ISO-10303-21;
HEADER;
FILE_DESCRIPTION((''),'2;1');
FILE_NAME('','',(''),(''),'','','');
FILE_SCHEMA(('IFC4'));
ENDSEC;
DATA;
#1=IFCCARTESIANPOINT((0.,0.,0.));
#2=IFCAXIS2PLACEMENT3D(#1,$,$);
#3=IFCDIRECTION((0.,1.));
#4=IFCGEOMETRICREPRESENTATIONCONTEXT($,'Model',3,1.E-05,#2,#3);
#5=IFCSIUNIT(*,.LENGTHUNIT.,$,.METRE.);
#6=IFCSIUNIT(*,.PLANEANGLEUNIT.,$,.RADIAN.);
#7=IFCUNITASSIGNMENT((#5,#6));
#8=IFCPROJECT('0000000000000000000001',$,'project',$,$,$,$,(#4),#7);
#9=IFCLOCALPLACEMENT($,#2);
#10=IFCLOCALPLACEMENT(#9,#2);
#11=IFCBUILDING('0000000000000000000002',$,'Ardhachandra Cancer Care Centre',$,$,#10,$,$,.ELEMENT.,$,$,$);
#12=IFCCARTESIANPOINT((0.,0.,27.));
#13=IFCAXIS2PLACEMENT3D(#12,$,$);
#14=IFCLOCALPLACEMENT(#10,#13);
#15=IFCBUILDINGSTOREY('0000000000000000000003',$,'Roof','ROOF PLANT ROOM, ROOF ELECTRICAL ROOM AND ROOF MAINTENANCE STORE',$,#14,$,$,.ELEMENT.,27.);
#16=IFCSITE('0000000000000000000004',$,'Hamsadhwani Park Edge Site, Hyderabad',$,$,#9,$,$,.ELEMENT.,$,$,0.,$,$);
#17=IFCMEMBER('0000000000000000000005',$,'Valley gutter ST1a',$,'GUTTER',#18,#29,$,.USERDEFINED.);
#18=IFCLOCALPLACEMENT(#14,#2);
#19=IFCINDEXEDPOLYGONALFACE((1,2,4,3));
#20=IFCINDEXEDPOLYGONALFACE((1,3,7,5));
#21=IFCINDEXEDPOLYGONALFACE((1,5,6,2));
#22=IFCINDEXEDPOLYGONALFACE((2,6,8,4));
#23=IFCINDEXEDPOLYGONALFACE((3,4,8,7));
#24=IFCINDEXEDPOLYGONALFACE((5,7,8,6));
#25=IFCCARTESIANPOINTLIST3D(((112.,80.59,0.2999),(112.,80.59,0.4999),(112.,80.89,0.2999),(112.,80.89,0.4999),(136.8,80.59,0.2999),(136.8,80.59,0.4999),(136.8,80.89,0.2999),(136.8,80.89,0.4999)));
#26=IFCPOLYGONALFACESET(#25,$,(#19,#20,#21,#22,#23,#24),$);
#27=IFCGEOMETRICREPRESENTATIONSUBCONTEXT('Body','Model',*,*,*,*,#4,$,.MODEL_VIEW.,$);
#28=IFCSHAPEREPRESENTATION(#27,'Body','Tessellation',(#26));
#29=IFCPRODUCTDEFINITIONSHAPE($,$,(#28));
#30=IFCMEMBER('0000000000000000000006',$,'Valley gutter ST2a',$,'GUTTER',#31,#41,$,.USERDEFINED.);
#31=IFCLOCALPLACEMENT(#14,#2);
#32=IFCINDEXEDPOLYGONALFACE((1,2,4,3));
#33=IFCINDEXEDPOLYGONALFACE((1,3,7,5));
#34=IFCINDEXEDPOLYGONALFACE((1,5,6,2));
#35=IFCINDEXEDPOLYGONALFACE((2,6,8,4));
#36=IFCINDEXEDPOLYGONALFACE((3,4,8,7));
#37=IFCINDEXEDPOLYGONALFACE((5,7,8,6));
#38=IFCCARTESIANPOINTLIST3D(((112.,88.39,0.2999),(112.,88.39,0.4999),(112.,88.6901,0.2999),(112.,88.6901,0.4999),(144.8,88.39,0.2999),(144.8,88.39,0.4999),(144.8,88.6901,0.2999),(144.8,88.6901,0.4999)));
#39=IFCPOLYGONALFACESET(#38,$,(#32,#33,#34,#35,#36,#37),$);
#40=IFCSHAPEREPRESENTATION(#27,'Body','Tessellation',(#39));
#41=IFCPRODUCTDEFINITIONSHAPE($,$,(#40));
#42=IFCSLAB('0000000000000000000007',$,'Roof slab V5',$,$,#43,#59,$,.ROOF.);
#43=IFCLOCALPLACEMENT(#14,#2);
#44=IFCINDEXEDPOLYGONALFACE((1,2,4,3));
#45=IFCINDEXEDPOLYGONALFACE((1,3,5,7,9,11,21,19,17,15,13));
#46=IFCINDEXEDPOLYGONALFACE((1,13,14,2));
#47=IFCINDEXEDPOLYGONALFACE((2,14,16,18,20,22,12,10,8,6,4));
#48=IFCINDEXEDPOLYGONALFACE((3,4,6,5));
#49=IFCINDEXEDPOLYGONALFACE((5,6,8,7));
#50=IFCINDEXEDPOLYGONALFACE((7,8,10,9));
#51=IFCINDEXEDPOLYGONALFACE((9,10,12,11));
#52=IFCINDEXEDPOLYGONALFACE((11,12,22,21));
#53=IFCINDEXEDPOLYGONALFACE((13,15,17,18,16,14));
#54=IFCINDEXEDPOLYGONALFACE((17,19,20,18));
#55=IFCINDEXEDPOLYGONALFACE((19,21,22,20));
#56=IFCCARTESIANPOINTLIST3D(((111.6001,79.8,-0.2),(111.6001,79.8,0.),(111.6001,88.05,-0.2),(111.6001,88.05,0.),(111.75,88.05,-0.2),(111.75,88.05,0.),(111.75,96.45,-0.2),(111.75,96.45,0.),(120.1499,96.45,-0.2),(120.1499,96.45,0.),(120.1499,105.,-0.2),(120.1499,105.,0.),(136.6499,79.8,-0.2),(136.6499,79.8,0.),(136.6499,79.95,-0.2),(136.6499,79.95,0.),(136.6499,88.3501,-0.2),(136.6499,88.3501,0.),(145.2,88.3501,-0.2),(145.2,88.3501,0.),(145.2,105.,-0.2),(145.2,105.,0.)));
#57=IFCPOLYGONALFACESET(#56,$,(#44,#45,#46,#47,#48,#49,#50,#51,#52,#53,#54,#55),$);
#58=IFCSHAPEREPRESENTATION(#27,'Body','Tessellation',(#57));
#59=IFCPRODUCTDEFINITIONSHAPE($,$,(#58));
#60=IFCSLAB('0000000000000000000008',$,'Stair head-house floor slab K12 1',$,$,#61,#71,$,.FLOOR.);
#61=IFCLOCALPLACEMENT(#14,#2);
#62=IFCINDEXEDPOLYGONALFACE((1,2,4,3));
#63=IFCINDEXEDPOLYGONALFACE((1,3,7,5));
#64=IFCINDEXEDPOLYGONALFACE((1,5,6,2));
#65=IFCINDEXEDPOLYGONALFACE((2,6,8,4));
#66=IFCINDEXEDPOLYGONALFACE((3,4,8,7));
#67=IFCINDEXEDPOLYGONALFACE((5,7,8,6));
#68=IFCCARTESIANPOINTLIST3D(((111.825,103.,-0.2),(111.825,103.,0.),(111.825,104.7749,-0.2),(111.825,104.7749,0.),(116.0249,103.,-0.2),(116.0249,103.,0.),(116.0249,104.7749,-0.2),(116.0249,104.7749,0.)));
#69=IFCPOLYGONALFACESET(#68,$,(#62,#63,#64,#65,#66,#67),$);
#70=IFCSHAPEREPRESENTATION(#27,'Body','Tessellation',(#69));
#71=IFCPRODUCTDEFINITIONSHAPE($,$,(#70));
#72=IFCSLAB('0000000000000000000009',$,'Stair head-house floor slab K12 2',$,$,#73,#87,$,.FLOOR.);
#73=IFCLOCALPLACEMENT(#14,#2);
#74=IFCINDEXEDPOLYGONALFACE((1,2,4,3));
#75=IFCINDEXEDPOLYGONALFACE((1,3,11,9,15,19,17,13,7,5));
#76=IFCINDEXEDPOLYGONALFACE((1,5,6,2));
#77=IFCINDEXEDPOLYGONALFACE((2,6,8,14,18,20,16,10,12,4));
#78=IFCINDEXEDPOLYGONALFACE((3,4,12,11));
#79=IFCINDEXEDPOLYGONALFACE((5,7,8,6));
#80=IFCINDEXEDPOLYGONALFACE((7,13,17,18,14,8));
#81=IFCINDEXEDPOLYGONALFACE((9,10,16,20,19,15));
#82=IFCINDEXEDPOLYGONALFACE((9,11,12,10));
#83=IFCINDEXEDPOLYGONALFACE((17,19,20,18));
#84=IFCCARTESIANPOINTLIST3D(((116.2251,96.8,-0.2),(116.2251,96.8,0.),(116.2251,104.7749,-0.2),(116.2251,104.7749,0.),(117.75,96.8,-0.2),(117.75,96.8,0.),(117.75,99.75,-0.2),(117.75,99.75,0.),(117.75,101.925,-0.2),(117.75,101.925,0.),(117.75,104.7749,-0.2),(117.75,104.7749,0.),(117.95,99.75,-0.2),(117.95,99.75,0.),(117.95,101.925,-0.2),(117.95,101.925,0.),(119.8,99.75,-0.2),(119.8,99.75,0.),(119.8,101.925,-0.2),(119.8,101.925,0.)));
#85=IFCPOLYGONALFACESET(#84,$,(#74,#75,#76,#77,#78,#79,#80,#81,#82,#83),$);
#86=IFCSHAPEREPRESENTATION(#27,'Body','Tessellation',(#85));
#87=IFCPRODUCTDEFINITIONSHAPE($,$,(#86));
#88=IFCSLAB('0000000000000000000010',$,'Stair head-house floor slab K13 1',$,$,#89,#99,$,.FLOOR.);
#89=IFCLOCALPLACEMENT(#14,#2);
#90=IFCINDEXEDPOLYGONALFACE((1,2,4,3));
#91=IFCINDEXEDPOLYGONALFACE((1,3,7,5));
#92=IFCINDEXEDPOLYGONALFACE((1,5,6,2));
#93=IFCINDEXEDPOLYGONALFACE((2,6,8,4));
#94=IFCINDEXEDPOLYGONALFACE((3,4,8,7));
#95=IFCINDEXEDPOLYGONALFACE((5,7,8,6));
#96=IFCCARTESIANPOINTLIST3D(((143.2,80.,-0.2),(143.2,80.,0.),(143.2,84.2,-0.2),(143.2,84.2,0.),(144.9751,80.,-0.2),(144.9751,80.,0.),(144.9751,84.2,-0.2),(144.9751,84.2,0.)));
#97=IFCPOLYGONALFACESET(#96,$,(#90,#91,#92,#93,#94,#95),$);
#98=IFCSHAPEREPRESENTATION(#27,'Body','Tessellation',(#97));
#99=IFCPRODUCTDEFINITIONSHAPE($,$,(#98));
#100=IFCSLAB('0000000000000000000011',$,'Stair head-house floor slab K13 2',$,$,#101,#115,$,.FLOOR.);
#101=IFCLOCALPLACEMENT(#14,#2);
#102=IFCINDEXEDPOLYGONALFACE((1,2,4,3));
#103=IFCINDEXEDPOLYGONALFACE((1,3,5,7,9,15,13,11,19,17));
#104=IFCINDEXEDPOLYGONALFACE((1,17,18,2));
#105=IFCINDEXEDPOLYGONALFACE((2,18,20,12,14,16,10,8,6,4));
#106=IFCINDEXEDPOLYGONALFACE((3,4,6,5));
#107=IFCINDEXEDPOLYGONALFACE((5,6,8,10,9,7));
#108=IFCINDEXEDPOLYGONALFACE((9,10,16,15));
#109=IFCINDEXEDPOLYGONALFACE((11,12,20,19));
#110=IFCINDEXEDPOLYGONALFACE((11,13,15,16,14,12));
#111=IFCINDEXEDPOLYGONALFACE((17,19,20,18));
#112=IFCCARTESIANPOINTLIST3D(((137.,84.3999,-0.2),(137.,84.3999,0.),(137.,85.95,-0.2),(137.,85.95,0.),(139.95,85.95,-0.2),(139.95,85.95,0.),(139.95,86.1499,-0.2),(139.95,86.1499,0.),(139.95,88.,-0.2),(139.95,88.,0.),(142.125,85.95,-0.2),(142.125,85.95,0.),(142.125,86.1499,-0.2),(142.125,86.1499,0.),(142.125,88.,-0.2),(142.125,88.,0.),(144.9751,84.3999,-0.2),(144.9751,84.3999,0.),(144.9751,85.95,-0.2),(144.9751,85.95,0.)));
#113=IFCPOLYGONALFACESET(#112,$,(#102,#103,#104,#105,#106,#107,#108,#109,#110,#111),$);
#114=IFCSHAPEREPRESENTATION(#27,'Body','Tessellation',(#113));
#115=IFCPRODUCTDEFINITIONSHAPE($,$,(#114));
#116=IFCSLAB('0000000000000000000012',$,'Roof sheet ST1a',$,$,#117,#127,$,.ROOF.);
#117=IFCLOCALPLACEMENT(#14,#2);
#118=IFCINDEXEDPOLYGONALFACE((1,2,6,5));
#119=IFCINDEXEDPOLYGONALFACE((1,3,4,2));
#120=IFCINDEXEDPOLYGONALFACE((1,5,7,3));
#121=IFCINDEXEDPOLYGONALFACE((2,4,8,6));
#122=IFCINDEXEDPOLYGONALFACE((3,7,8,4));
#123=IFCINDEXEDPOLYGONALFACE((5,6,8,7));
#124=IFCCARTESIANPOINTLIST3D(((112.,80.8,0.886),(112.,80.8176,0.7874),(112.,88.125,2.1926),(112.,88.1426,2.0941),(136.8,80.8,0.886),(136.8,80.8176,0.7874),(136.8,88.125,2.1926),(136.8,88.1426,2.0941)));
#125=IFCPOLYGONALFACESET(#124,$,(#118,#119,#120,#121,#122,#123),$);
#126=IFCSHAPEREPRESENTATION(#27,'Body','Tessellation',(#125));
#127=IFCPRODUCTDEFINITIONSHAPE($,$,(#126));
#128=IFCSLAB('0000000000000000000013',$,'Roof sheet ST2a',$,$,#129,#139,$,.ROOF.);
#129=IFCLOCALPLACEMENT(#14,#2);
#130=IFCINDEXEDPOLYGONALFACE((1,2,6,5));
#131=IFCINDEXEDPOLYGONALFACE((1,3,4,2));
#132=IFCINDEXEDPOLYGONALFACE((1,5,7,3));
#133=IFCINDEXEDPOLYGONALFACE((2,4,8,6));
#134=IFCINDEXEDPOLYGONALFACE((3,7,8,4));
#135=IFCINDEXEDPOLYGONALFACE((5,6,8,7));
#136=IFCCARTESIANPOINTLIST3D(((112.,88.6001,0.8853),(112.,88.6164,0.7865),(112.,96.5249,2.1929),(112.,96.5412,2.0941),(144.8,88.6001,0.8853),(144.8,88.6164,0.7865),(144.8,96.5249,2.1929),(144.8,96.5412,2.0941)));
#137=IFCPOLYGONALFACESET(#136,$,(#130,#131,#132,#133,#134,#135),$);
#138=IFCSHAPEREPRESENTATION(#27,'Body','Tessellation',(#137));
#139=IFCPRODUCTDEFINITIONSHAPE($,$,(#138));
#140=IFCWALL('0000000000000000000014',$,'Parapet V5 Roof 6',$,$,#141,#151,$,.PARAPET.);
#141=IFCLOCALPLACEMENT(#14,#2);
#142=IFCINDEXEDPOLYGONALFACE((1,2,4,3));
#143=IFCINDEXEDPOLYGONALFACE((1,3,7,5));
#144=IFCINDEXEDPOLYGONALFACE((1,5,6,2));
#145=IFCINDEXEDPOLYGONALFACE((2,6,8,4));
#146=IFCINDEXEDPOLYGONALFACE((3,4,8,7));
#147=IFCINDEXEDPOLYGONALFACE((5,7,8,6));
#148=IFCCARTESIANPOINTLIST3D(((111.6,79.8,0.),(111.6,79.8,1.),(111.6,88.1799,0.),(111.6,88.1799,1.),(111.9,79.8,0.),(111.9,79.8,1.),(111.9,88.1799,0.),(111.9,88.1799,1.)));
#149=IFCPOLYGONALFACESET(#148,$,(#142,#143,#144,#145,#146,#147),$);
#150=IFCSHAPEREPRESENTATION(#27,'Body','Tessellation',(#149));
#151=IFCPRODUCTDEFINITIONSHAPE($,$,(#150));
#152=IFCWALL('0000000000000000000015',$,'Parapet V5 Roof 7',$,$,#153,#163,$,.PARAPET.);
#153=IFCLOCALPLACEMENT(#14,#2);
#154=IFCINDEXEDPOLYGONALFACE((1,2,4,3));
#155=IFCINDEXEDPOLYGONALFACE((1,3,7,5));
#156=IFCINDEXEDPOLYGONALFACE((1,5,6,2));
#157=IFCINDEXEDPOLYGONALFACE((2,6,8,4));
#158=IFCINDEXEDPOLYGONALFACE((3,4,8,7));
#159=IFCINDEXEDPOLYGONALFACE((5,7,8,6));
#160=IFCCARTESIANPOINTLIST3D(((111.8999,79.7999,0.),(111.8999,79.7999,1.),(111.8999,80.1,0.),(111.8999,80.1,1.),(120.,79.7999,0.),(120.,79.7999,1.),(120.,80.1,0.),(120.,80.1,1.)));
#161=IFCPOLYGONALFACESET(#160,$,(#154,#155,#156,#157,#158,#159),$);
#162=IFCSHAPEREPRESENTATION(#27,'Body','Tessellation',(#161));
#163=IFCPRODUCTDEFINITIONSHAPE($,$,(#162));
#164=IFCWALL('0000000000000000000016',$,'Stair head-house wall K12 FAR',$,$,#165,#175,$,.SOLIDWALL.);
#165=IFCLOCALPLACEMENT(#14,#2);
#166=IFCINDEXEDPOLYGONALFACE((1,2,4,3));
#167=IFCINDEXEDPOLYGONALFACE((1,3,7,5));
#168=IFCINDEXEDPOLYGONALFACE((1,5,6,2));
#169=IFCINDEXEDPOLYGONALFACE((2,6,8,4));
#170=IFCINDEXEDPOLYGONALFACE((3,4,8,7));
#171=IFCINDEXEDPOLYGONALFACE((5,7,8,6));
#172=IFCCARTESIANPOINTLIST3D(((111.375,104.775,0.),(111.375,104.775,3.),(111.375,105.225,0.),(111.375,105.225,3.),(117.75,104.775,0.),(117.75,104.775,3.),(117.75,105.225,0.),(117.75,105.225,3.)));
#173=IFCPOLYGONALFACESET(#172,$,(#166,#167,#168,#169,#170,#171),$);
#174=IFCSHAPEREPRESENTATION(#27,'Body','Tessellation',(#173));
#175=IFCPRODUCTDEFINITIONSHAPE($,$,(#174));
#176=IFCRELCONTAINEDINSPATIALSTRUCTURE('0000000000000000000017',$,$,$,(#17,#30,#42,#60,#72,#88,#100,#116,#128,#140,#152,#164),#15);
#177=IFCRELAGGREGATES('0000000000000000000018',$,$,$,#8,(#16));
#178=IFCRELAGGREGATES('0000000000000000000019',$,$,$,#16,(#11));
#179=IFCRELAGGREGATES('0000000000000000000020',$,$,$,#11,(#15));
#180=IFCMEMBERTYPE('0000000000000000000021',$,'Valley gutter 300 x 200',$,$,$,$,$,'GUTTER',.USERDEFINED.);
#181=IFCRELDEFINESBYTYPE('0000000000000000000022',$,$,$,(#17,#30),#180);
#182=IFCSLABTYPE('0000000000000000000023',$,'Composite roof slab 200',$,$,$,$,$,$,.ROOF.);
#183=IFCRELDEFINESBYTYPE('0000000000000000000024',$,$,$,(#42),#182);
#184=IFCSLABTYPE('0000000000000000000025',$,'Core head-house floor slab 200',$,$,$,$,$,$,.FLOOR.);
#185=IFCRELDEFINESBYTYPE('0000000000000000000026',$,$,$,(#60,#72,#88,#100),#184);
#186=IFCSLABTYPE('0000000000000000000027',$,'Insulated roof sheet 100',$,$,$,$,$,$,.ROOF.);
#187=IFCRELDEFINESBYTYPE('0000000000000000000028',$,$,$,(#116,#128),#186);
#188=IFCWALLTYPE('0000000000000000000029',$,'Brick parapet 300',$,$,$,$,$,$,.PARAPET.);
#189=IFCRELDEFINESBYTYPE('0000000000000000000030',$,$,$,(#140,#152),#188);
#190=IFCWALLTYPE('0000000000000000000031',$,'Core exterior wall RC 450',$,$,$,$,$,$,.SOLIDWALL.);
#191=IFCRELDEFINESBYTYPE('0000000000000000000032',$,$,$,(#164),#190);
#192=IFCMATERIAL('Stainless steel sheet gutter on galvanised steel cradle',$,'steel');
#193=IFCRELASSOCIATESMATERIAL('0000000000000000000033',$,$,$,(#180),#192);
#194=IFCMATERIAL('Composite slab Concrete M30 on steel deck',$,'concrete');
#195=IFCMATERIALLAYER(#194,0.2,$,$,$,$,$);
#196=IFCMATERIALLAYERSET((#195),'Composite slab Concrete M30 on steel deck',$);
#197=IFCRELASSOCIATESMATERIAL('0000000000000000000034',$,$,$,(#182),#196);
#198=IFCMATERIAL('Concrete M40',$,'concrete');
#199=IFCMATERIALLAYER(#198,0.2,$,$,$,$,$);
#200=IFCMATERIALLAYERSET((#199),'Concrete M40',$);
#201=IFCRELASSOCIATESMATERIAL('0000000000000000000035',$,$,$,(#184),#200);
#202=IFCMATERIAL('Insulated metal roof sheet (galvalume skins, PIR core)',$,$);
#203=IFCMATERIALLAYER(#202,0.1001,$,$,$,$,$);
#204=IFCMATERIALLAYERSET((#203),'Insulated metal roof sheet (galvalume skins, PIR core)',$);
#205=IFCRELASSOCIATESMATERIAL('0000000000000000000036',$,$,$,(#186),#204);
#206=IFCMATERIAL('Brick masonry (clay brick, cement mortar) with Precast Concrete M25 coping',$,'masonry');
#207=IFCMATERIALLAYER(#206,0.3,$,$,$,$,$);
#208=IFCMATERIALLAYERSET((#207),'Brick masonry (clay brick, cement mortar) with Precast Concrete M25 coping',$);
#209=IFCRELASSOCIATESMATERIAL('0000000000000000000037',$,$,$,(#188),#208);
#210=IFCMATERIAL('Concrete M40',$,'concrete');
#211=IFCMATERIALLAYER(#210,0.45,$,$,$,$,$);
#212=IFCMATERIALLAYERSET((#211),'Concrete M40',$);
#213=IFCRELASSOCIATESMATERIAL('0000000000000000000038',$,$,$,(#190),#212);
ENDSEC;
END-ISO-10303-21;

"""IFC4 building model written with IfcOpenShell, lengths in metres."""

from ifc_helpers import new_model, si_unit, direction, frame, frame_2d, origin, origin_2d, place, context, subcontext, project, spatial, polyline, rectangle, outline, extrude, material, layer, layer_set, material_profile, profile_set, type_object, element, save


model = new_model("IFC4")

# Units and contexts
model_context = context("Model", 3, precision=1e-05, world=origin(), true_north=direction((0.0, 1.0)))
body_context = subcontext(model_context, "Body", "Model", "MODEL_VIEW")
ifc_project = project(units=[si_unit("LENGTHUNIT", "METRE"), si_unit("PLANEANGLEUNIT", "RADIAN")], contexts=[model_context])

# Site, building, storey
site_placement = place(None, origin())
site = spatial("IfcSite", under=ifc_project, at=site_placement, Name="Hamsadhwani Park Edge Site, Hyderabad", CompositionType="ELEMENT", RefElevation=0.0)
building_placement = place(site_placement, origin())
building = spatial("IfcBuilding", under=site, at=building_placement, Name="Ardhachandra Cancer Care Centre", CompositionType="ELEMENT")
storey_placement = place(building_placement, frame((0.0, 0.0, 27.0)))
storey = spatial("IfcBuildingStorey", under=building, at=storey_placement, Name="Roof", Description="ROOF PLANT ROOM, ROOF ELECTRICAL ROOM AND ROOF MAINTENANCE STORE", CompositionType="ELEMENT", Elevation=27.0)

# Members
ifc_material_1 = material(Name="Stainless steel sheet gutter on galvanised steel cradle", Category="steel")
ifc_material_profile_1 = material_profile(ifc_material_1, rectangle(XDim=0.3, YDim=0.2, at=origin_2d()), Name="Valley gutter 300 x 200")
ifc_profile_set_1 = profile_set([ifc_material_profile_1], Name="Stainless steel sheet gutter on galvanised steel cradle")
member_type_1 = type_object("IfcMemberType", Name="Valley gutter 300 x 200", ElementType="GUTTER", PredefinedType="USERDEFINED", material=ifc_profile_set_1)
member_1_placement = place(storey_placement, frame((112.0, 80.74, 0.3999), z_axis=(1.0, 0.0, 0.0), x_axis=(0.0, 1.0, 0.0)))
element("IfcMember", 1, at=member_1_placement, inside=storey, type_object=member_type_1, Name="Valley gutter ST1a", ObjectType="GUTTER", PredefinedType="USERDEFINED", context=body_context, shape_type="SweptSolid", body=[
    extrude(rectangle(XDim=0.3, YDim=0.2, at=origin_2d()), origin(), (0.0, 0.0, 1.0), 24.8),
])
member_2_placement = place(storey_placement, frame((112.0, 88.54, 0.3999), z_axis=(1.0, 0.0, 0.0), x_axis=(0.0, 1.0, 0.0)))
element("IfcMember", 2, at=member_2_placement, inside=storey, type_object=member_type_1, Name="Valley gutter ST2a", ObjectType="GUTTER", PredefinedType="USERDEFINED", context=body_context, shape_type="SweptSolid", body=[
    extrude(rectangle(XDim=0.3, YDim=0.2, at=origin_2d()), origin(), (0.0, 0.0, 1.0), 32.8),
])

# Slabs
ifc_material_2 = material(Name="Composite slab Concrete M30 on steel deck", Category="concrete")
ifc_layer_1 = layer(ifc_material_2, 0.2)
ifc_layer_set_1 = layer_set([ifc_layer_1], Name="Composite slab Concrete M30 on steel deck")
slab_type_1 = type_object("IfcSlabType", Name="Composite roof slab 200", PredefinedType="ROOF", material=ifc_layer_set_1)
slab_1_placement = place(storey_placement, frame((0.0, 0.0, -0.2)))
element("IfcSlab", 3, at=slab_1_placement, inside=storey, type_object=slab_type_1, Name="Roof slab V5", PredefinedType="ROOF", context=body_context, shape_type="SweptSolid", body=[
    extrude(outline(polyline([(120.1499, 105.0), (120.1499, 96.45), (111.75, 96.45), (111.75, 88.05), (111.6001, 88.05), (111.6001, 79.8), (136.6499, 79.8), (136.6499, 79.95), (136.6499, 88.3501), (145.2, 88.3501), (145.2, 105.0), (120.1499, 105.0)])), origin(), (0.0, 0.0, 1.0), 0.2),
])
ifc_material_3 = material(Name="Concrete M40", Category="concrete")
ifc_layer_2 = layer(ifc_material_3, 0.2)
ifc_layer_set_2 = layer_set([ifc_layer_2], Name="Concrete M40")
slab_type_2 = type_object("IfcSlabType", Name="Core head-house floor slab 200", PredefinedType="FLOOR", material=ifc_layer_set_2)
slab_2_placement = place(storey_placement, frame((0.0, 0.0, -0.2)))
element("IfcSlab", 4, at=slab_2_placement, inside=storey, type_object=slab_type_2, Name="Stair head-house floor slab K12 1", PredefinedType="FLOOR", context=body_context, shape_type="SweptSolid", body=[
    extrude(outline(polyline([(116.0249, 104.7749), (116.0249, 103.0), (111.825, 103.0), (111.825, 104.7749), (116.0249, 104.7749)])), origin(), (0.0, 0.0, 1.0), 0.2),
])
slab_3_placement = place(storey_placement, frame((0.0, 0.0, -0.2)))
element("IfcSlab", 5, at=slab_3_placement, inside=storey, type_object=slab_type_2, Name="Stair head-house floor slab K12 2", PredefinedType="FLOOR", context=body_context, shape_type="SweptSolid", body=[
    extrude(outline(polyline([(117.95, 99.75), (117.75, 99.75), (117.75, 96.8), (116.2251, 96.8), (116.2251, 104.7749), (117.75, 104.7749), (117.75, 101.925), (117.95, 101.925), (119.8, 101.925), (119.8, 99.75), (117.95, 99.75)])), origin(), (0.0, 0.0, 1.0), 0.2),
])
slab_4_placement = place(storey_placement, frame((0.0, 0.0, -0.2)))
element("IfcSlab", 6, at=slab_4_placement, inside=storey, type_object=slab_type_2, Name="Stair head-house floor slab K13 1", PredefinedType="FLOOR", context=body_context, shape_type="SweptSolid", body=[
    extrude(outline(polyline([(144.9751, 84.2), (143.2, 84.2), (143.2, 80.0), (144.9751, 80.0), (144.9751, 84.2)])), origin(), (0.0, 0.0, 1.0), 0.2),
])
slab_5_placement = place(storey_placement, frame((0.0, 0.0, -0.2)))
element("IfcSlab", 7, at=slab_5_placement, inside=storey, type_object=slab_type_2, Name="Stair head-house floor slab K13 2", PredefinedType="FLOOR", context=body_context, shape_type="SweptSolid", body=[
    extrude(outline(polyline([(139.95, 86.1499), (139.95, 85.95), (137.0, 85.95), (137.0, 84.3999), (144.9751, 84.3999), (144.9751, 85.95), (142.125, 85.95), (142.125, 86.1499), (142.125, 88.0), (139.95, 88.0), (139.95, 86.1499)])), origin(), (0.0, 0.0, 1.0), 0.2),
])
ifc_material_4 = material(Name="Insulated metal roof sheet (galvalume skins, PIR core)")
ifc_layer_3 = layer(ifc_material_4, 0.1001)
ifc_layer_set_3 = layer_set([ifc_layer_3], Name="Insulated metal roof sheet (galvalume skins, PIR core)")
slab_type_3 = type_object("IfcSlabType", Name="Insulated roof sheet 100", PredefinedType="ROOF", material=ifc_layer_set_3)
slab_6_placement = place(storey_placement, frame((112.0, 80.8, 0.886), z_axis=(0.0, -0.17561, 0.98446), x_axis=(1.0, 0.0, 0.0)))
element("IfcSlab", 8, at=slab_6_placement, inside=storey, type_object=slab_type_3, Name="Roof sheet ST1a", PredefinedType="ROOF", context=body_context, shape_type="SweptSolid", body=[
    extrude(outline(polyline([(0.0, 0.0), (24.8, 0.0), (24.8, 7.4406), (0.0, 7.4406), (0.0, 0.0)])), origin(), (0.0, 0.0, -1.0), 0.1001),
])
slab_7_placement = place(storey_placement, frame((112.0, 88.6001, 0.8853), z_axis=(0.0, -0.162802, 0.986659), x_axis=(1.0, 0.0, 0.0)))
element("IfcSlab", 9, at=slab_7_placement, inside=storey, type_object=slab_type_3, Name="Roof sheet ST2a", PredefinedType="ROOF", context=body_context, shape_type="SweptSolid", body=[
    extrude(outline(polyline([(0.0, 0.0), (32.8, 0.0), (32.8, 8.032), (0.0, 8.032), (0.0, 0.0)])), origin(), (0.0, 0.0, -1.0), 0.1001),
])

# Walls
ifc_material_5 = material(Name="Brick masonry (clay brick, cement mortar) with Precast Concrete M25 coping", Category="masonry")
ifc_layer_4 = layer(ifc_material_5, 0.3)
ifc_layer_set_4 = layer_set([ifc_layer_4], Name="Brick masonry (clay brick, cement mortar) with Precast Concrete M25 coping")
wall_type_1 = type_object("IfcWallType", Name="Brick parapet 300", PredefinedType="PARAPET", material=ifc_layer_set_4)
wall_1_placement = place(storey_placement, frame((111.75, 79.8, 0.0), z_axis=(0.0, 0.0, 1.0), x_axis=(0.0, 1.0, 0.0)))
element("IfcWall", 10, at=wall_1_placement, inside=storey, type_object=wall_type_1, Name="Parapet V5 Roof 6", PredefinedType="PARAPET", context=body_context, shape_type="SweptSolid", body=[
    extrude(rectangle(XDim=8.3799, YDim=0.3, at=frame_2d((4.1899, 0.0))), origin(), (0.0, 0.0, 1.0), 1.0),
])
wall_2_placement = place(storey_placement, frame((111.8999, 79.95, 0.0), z_axis=(0.0, 0.0, 1.0), x_axis=(1.0, 0.0, 0.0)))
element("IfcWall", 11, at=wall_2_placement, inside=storey, type_object=wall_type_1, Name="Parapet V5 Roof 7", PredefinedType="PARAPET", context=body_context, shape_type="SweptSolid", body=[
    extrude(rectangle(XDim=8.1001, YDim=0.3, at=frame_2d((4.05, 0.0))), origin(), (0.0, 0.0, 1.0), 1.0),
])
ifc_material_6 = material(Name="Concrete M40", Category="concrete")
ifc_layer_5 = layer(ifc_material_6, 0.45)
ifc_layer_set_5 = layer_set([ifc_layer_5], Name="Concrete M40")
wall_type_2 = type_object("IfcWallType", Name="Core exterior wall RC 450", PredefinedType="SOLIDWALL", material=ifc_layer_set_5)
wall_3_placement = place(storey_placement, frame((111.375, 105.0, 0.0), z_axis=(0.0, 0.0, 1.0), x_axis=(1.0, 0.0, 0.0)))
element("IfcWall", 12, at=wall_3_placement, inside=storey, type_object=wall_type_2, Name="Stair head-house wall K12 FAR", PredefinedType="SOLIDWALL", context=body_context, shape_type="SweptSolid", body=[
    extrude(rectangle(XDim=6.375, YDim=0.45, at=frame_2d((3.1875, 0.0))), origin(), (0.0, 0.0, 1.0), 3.0),
])

save(model, "model.ifc")
